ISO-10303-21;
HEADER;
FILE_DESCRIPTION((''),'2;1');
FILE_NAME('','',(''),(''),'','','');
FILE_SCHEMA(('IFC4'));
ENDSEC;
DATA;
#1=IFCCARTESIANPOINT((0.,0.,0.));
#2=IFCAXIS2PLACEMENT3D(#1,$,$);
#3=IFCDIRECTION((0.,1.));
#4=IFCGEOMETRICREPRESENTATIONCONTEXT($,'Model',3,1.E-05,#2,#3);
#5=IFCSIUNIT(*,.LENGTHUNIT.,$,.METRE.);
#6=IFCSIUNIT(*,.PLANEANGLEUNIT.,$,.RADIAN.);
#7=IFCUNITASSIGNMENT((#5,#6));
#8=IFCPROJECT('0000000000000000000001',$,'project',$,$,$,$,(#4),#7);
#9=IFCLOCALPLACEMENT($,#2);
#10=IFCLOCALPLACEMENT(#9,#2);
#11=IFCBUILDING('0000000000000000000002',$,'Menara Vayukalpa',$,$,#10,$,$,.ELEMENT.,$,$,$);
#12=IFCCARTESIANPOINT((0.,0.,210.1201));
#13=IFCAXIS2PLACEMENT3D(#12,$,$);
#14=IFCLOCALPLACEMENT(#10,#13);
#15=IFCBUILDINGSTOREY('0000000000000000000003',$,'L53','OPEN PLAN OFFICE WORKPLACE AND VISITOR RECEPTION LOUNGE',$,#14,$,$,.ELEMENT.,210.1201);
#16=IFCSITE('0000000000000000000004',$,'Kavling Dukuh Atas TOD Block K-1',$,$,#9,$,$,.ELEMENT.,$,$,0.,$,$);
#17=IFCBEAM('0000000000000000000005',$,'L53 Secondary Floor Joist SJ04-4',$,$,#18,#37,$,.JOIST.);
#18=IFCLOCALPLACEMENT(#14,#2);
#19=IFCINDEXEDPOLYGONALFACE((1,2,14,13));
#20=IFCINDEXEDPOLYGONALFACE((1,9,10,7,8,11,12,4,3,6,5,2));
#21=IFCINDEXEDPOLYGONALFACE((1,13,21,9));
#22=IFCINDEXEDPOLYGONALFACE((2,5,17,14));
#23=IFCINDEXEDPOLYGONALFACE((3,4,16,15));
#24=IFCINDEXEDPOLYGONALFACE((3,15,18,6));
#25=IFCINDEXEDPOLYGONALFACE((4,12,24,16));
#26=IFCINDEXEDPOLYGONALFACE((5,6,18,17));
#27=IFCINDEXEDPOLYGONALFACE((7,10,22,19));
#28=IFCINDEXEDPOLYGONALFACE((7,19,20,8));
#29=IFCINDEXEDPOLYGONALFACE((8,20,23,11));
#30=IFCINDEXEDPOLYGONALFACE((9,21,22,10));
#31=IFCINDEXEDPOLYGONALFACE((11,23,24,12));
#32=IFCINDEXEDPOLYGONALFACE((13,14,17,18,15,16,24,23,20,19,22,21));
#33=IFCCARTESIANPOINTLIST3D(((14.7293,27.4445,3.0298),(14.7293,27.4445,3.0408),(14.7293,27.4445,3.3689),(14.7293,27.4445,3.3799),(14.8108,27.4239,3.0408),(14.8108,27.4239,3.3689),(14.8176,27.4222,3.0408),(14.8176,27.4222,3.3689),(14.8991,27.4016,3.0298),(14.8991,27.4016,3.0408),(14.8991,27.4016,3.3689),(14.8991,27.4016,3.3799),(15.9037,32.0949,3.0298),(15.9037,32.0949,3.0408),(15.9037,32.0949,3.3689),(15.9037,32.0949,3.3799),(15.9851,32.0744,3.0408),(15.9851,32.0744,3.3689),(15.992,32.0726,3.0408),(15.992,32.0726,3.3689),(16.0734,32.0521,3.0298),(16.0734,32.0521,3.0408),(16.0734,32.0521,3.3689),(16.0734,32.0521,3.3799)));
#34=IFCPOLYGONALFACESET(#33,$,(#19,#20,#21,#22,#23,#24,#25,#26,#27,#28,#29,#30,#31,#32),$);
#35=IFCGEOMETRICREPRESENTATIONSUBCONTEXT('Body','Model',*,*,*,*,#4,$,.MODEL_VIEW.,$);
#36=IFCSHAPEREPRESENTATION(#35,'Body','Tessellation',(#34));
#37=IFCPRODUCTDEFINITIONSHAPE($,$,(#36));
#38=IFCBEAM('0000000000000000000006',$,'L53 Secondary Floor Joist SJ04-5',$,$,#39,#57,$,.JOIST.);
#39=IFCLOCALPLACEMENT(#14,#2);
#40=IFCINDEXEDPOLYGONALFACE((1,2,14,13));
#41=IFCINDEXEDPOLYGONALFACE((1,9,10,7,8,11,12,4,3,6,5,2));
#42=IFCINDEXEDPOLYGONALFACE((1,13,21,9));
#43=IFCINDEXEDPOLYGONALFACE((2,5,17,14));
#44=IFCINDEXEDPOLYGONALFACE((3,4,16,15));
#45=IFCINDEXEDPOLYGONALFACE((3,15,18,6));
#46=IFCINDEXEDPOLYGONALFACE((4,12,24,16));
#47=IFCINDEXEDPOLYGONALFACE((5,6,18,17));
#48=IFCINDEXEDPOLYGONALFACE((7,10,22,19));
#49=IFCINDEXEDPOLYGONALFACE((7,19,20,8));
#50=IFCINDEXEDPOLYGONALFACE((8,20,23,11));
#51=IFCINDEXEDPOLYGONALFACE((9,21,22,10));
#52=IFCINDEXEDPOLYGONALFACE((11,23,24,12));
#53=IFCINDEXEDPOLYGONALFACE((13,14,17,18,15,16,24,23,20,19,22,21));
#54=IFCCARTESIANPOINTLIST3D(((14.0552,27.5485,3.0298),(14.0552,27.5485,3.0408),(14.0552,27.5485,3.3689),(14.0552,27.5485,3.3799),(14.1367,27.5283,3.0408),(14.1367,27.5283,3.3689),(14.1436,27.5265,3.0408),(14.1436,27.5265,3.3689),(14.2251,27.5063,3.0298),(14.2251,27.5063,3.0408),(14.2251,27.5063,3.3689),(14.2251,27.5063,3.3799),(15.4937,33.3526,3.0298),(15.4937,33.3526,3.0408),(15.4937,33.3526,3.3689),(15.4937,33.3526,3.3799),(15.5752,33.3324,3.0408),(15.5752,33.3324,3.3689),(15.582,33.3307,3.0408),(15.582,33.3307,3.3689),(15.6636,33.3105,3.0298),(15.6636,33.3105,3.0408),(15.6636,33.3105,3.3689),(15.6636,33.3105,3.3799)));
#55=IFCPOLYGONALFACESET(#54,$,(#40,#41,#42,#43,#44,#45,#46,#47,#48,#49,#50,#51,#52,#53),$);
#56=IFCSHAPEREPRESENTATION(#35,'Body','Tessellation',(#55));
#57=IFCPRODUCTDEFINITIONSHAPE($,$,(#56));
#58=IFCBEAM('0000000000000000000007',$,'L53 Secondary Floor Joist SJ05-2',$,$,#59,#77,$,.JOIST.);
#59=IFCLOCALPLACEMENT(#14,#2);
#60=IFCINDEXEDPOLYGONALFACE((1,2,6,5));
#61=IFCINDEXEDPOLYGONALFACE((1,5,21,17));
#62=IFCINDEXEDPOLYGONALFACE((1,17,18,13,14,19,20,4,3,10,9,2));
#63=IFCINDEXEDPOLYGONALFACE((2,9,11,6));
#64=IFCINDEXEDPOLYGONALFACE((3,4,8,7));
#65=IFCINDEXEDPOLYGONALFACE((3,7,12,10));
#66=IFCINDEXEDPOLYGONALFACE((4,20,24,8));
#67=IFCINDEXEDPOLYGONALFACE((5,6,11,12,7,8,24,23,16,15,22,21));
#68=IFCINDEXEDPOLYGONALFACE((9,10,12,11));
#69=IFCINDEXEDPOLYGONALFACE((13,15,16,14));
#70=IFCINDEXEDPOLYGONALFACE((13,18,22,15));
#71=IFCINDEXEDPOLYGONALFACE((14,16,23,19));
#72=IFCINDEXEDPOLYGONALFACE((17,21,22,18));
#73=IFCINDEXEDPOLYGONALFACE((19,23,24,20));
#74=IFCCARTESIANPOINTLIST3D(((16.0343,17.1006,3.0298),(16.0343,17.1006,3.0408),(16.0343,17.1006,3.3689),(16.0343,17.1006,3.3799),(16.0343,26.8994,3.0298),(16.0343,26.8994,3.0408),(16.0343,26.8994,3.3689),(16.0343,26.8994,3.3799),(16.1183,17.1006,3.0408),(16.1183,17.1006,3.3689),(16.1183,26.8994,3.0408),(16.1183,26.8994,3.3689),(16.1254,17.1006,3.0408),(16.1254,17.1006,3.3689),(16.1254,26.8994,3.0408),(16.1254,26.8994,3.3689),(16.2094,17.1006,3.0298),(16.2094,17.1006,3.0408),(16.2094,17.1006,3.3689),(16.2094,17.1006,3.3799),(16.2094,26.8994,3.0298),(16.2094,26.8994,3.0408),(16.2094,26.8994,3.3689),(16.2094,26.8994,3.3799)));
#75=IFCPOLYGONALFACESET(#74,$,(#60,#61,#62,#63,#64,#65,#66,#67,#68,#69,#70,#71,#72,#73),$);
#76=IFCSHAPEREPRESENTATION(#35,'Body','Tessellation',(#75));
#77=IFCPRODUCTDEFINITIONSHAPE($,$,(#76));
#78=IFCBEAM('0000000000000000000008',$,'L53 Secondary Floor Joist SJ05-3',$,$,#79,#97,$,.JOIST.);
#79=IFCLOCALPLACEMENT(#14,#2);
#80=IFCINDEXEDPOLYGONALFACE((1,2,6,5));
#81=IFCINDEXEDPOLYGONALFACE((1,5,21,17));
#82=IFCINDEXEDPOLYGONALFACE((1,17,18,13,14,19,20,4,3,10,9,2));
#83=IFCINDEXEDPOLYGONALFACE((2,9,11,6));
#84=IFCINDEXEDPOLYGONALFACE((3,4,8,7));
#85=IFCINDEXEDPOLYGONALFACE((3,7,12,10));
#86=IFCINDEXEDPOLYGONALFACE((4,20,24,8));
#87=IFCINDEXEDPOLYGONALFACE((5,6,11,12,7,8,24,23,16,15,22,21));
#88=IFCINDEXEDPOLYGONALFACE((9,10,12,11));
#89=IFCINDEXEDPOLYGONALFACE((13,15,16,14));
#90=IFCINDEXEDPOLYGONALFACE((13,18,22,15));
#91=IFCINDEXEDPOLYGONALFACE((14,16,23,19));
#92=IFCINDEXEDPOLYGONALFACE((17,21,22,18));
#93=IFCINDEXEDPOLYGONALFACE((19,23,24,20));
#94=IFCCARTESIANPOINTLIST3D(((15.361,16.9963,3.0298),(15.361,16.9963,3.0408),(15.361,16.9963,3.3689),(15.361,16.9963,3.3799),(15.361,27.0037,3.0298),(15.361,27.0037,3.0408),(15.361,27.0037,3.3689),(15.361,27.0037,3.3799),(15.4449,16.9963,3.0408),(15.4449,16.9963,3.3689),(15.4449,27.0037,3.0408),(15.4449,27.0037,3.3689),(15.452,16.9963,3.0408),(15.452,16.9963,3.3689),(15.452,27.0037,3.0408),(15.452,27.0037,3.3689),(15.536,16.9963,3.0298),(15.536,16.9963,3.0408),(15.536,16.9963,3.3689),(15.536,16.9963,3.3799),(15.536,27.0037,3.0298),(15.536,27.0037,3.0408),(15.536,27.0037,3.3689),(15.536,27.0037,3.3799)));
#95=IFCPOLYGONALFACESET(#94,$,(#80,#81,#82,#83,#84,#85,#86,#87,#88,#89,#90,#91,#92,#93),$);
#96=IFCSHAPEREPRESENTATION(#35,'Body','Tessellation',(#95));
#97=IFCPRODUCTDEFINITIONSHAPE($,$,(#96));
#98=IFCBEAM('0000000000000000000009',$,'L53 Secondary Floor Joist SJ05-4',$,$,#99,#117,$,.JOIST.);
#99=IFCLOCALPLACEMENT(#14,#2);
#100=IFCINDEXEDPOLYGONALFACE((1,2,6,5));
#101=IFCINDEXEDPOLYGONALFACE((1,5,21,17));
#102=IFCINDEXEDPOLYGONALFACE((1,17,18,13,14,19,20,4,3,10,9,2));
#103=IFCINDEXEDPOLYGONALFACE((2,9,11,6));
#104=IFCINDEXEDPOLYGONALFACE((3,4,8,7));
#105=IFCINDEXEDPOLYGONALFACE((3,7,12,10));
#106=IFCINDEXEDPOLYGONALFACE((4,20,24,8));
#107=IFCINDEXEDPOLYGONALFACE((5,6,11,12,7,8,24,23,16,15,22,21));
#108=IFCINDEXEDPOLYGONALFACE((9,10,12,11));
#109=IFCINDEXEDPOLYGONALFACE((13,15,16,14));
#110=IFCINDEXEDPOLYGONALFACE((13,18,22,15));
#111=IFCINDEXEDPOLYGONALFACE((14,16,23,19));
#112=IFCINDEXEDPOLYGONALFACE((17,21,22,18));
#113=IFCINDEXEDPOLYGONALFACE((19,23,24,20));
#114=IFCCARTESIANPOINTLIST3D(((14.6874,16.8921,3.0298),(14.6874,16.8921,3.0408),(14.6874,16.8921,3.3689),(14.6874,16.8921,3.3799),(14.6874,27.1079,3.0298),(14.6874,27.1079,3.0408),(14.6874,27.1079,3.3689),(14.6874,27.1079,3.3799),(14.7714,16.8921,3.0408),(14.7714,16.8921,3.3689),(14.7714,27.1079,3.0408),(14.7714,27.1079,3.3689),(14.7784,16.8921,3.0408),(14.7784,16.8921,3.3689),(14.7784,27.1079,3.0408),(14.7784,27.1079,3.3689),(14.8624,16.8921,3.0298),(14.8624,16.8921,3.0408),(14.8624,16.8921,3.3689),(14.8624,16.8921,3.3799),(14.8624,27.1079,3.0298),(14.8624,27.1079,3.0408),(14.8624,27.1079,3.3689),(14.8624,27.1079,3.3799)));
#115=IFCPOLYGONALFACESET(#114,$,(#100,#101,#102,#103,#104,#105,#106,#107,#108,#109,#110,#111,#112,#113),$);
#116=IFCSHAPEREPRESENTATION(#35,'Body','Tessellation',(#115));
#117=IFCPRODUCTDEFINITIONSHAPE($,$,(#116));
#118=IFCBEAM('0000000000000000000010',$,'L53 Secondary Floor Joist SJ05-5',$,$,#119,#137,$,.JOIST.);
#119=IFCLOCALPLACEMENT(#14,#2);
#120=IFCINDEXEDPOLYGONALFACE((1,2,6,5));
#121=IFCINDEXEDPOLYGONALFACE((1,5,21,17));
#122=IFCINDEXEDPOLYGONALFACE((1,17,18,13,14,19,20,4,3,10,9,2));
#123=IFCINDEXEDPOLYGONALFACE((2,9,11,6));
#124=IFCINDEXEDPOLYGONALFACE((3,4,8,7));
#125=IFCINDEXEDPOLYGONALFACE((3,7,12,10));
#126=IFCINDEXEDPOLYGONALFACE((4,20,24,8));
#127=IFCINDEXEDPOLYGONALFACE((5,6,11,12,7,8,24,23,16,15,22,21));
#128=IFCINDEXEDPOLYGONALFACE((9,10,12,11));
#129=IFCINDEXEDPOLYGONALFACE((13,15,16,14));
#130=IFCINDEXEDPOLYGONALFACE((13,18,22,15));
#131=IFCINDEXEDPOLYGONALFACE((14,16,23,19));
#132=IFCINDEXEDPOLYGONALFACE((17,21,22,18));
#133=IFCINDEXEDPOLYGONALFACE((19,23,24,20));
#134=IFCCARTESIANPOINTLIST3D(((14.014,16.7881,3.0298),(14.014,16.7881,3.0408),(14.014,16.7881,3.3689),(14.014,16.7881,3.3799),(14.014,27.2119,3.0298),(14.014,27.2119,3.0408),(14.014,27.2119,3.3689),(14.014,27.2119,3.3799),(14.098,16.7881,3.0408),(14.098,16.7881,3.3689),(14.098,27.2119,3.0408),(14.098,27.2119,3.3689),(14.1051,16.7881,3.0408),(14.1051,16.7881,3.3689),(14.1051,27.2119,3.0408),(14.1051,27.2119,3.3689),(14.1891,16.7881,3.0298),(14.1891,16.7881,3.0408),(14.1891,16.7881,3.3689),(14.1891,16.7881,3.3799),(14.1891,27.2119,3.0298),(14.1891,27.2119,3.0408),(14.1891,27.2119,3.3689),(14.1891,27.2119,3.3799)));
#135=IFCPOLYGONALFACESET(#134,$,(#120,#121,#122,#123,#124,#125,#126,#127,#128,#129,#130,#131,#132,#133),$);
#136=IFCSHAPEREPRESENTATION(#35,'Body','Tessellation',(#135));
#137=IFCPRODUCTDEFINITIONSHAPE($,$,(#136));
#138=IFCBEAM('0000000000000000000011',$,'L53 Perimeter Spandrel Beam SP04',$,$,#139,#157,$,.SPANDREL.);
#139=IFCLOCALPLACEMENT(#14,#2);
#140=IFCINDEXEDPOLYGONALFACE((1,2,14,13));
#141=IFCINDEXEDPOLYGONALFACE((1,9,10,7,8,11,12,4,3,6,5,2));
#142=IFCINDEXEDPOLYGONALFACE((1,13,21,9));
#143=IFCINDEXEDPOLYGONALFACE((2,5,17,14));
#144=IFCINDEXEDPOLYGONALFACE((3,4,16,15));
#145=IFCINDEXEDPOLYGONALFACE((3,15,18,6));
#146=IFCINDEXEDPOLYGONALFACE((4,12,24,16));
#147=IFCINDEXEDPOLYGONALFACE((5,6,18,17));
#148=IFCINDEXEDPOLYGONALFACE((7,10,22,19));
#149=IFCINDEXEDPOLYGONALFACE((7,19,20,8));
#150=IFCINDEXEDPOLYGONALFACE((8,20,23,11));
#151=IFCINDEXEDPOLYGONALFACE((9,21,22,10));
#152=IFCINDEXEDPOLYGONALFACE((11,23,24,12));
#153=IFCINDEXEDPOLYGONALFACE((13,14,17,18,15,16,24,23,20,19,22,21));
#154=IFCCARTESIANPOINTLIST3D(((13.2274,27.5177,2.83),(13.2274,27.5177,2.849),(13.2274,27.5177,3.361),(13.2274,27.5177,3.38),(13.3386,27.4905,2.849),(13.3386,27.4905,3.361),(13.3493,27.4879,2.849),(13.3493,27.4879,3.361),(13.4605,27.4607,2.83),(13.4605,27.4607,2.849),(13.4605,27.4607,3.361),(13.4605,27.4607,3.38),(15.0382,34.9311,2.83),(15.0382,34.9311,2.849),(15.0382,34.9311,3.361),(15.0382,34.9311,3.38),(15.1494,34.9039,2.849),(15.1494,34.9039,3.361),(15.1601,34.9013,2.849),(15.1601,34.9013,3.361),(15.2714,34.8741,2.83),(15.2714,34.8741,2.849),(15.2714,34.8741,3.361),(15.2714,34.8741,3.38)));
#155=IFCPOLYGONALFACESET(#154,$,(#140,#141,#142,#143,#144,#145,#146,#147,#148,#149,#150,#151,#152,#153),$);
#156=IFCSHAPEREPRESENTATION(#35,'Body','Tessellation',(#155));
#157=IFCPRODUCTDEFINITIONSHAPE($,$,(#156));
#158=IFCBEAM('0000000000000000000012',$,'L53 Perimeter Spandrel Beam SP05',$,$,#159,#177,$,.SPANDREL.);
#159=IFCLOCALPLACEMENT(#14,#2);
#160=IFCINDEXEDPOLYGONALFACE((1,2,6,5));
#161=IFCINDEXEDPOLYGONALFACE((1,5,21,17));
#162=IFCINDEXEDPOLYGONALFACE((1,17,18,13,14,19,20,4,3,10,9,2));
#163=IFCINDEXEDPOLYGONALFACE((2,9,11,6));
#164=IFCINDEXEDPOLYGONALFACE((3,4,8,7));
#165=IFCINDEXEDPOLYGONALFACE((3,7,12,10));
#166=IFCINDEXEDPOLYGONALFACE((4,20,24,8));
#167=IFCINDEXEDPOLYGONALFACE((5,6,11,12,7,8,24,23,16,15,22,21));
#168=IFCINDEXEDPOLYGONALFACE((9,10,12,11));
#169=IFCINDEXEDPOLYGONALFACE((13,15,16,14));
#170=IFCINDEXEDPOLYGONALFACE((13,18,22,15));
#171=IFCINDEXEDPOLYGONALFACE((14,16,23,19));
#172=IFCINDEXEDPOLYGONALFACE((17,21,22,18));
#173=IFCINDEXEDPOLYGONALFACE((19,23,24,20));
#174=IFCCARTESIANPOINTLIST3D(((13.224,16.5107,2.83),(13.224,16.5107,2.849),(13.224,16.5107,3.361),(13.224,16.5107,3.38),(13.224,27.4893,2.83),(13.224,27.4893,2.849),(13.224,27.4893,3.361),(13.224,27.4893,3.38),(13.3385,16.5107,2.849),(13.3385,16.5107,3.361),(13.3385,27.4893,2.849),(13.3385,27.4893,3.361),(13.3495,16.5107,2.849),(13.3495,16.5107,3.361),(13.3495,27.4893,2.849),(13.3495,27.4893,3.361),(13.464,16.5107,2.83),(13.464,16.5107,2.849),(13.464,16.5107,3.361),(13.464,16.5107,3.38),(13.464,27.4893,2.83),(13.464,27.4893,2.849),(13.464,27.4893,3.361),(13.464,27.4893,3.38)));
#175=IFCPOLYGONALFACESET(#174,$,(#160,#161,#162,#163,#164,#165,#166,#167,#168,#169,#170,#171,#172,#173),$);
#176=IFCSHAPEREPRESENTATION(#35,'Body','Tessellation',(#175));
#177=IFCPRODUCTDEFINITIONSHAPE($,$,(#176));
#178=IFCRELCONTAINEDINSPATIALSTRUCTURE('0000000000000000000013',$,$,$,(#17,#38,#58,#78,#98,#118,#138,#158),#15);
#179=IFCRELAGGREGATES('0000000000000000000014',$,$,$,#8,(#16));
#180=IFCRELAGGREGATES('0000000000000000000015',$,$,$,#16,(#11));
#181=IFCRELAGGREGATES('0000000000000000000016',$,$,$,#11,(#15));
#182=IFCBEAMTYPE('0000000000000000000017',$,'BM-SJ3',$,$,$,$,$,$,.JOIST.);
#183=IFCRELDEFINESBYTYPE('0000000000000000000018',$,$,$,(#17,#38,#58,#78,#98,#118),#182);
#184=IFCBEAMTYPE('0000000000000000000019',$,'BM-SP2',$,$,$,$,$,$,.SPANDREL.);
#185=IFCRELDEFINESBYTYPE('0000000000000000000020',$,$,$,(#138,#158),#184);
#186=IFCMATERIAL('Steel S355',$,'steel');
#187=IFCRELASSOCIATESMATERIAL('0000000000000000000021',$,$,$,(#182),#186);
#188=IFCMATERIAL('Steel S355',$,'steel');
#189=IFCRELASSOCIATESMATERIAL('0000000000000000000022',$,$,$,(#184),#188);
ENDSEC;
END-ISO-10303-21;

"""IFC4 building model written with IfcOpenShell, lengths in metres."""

from ifc_helpers import new_model, si_unit, direction, frame, origin, origin_2d, place, context, subcontext, project, spatial, i_section, extrude, material, material_profile, profile_set, type_object, element, save


model = new_model("IFC4")

# Units and contexts
model_context = context("Model", 3, precision=1e-05, world=origin(), true_north=direction((0.0, 1.0)))
body_context = subcontext(model_context, "Body", "Model", "MODEL_VIEW")
ifc_project = project(units=[si_unit("LENGTHUNIT", "METRE"), si_unit("PLANEANGLEUNIT", "RADIAN")], contexts=[model_context])

# Site, building, storey
site_placement = place(None, origin())
site = spatial("IfcSite", under=ifc_project, at=site_placement, Name="Kavling Dukuh Atas TOD Block K-1", CompositionType="ELEMENT", RefElevation=0.0)
building_placement = place(site_placement, origin())
building = spatial("IfcBuilding", under=site, at=building_placement, Name="Menara Vayukalpa", CompositionType="ELEMENT")
storey_placement = place(building_placement, frame((0.0, 0.0, 210.1201)))
storey = spatial("IfcBuildingStorey", under=building, at=storey_placement, Name="L53", Description="OPEN PLAN OFFICE WORKPLACE AND VISITOR RECEPTION LOUNGE", CompositionType="ELEMENT", Elevation=210.1201)

# Beams
ifc_material_1 = material(Name="Steel S355", Category="steel")
ifc_material_profile_1 = material_profile(ifc_material_1, i_section(OverallWidth=0.175, OverallDepth=0.3501, WebThickness=0.0071, FlangeThickness=0.011, at=origin_2d()), Name="WF 350x175x7x11")
ifc_profile_set_1 = profile_set([ifc_material_profile_1], Name="Steel S355")
beam_type_1 = type_object("IfcBeamType", Name="BM-SJ3", PredefinedType="JOIST", material=ifc_profile_set_1)
beam_1_placement = place(storey_placement, frame((15.9885, 32.0735, 3.2048), z_axis=(-0.244834, -0.969565, 0.0), x_axis=(0.969565, -0.244834, 0.0)))
element("IfcBeam", 1, at=beam_1_placement, inside=storey, type_object=beam_type_1, Name="L53 Secondary Floor Joist SJ04-4", PredefinedType="JOIST", context=body_context, shape_type="SweptSolid", body=[
    extrude(i_section(OverallWidth=0.175, OverallDepth=0.3501, WebThickness=0.0071, FlangeThickness=0.011, at=origin_2d()), origin(), (0.0, 0.0, 1.0), 4.7964),
])
beam_2_placement = place(storey_placement, frame((15.5786, 33.3315, 3.2048), z_axis=(-0.240556, -0.970635, 0.0), x_axis=(0.970635, -0.240556, 0.0)))
element("IfcBeam", 2, at=beam_2_placement, inside=storey, type_object=beam_type_1, Name="L53 Secondary Floor Joist SJ04-5", PredefinedType="JOIST", context=body_context, shape_type="SweptSolid", body=[
    extrude(i_section(OverallWidth=0.175, OverallDepth=0.3501, WebThickness=0.0071, FlangeThickness=0.011, at=origin_2d()), origin(), (0.0, 0.0, 1.0), 5.9797),
])
beam_3_placement = place(storey_placement, frame((16.1218, 26.8994, 3.2048), z_axis=(0.0, -1.0, 0.0), x_axis=(1.0, 0.0, 0.0)))
element("IfcBeam", 3, at=beam_3_placement, inside=storey, type_object=beam_type_1, Name="L53 Secondary Floor Joist SJ05-2", PredefinedType="JOIST", context=body_context, shape_type="SweptSolid", body=[
    extrude(i_section(OverallWidth=0.175, OverallDepth=0.3501, WebThickness=0.0071, FlangeThickness=0.011, at=origin_2d()), origin(), (0.0, 0.0, 1.0), 9.7988),
])
beam_4_placement = place(storey_placement, frame((15.4485, 27.0037, 3.2048), z_axis=(0.0, -1.0, 0.0), x_axis=(1.0, 0.0, 0.0)))
element("IfcBeam", 4, at=beam_4_placement, inside=storey, type_object=beam_type_1, Name="L53 Secondary Floor Joist SJ05-3", PredefinedType="JOIST", context=body_context, shape_type="SweptSolid", body=[
    extrude(i_section(OverallWidth=0.175, OverallDepth=0.3501, WebThickness=0.0071, FlangeThickness=0.011, at=origin_2d()), origin(), (0.0, 0.0, 1.0), 10.0073),
])
beam_5_placement = place(storey_placement, frame((14.7749, 27.1079, 3.2048), z_axis=(0.0, -1.0, 0.0), x_axis=(1.0, 0.0, 0.0)))
element("IfcBeam", 5, at=beam_5_placement, inside=storey, type_object=beam_type_1, Name="L53 Secondary Floor Joist SJ05-4", PredefinedType="JOIST", context=body_context, shape_type="SweptSolid", body=[
    extrude(i_section(OverallWidth=0.175, OverallDepth=0.3501, WebThickness=0.0071, FlangeThickness=0.011, at=origin_2d()), origin(), (0.0, 0.0, 1.0), 10.2158),
])
beam_6_placement = place(storey_placement, frame((14.1016, 27.2119, 3.2048), z_axis=(0.0, -1.0, 0.0), x_axis=(1.0, 0.0, 0.0)))
element("IfcBeam", 6, at=beam_6_placement, inside=storey, type_object=beam_type_1, Name="L53 Secondary Floor Joist SJ05-5", PredefinedType="JOIST", context=body_context, shape_type="SweptSolid", body=[
    extrude(i_section(OverallWidth=0.175, OverallDepth=0.3501, WebThickness=0.0071, FlangeThickness=0.011, at=origin_2d()), origin(), (0.0, 0.0, 1.0), 10.4238),
])
ifc_material_2 = material(Name="Steel S355", Category="steel")
ifc_material_profile_2 = material_profile(ifc_material_2, i_section(OverallWidth=0.24, OverallDepth=0.55, WebThickness=0.011, FlangeThickness=0.019, at=origin_2d()), Name="WF 550x240x11x19")
ifc_profile_set_2 = profile_set([ifc_material_profile_2], Name="Steel S355")
beam_type_2 = type_object("IfcBeamType", Name="BM-SP2", PredefinedType="SPANDREL", material=ifc_profile_set_2)
beam_7_placement = place(storey_placement, frame((15.1548, 34.9026, 3.105), z_axis=(-0.237285, -0.97144, 0.0), x_axis=(0.97144, -0.237285, 0.0)))
element("IfcBeam", 7, at=beam_7_placement, inside=storey, type_object=beam_type_2, Name="L53 Perimeter Spandrel Beam SP04", PredefinedType="SPANDREL", context=body_context, shape_type="SweptSolid", body=[
    extrude(i_section(OverallWidth=0.24, OverallDepth=0.55, WebThickness=0.011, FlangeThickness=0.019, at=origin_2d()), origin(), (0.0, 0.0, 1.0), 7.6313),
])
beam_8_placement = place(storey_placement, frame((13.344, 27.4893, 3.105), z_axis=(0.0, -1.0, 0.0), x_axis=(1.0, 0.0, 0.0)))
element("IfcBeam", 8, at=beam_8_placement, inside=storey, type_object=beam_type_2, Name="L53 Perimeter Spandrel Beam SP05", PredefinedType="SPANDREL", context=body_context, shape_type="SweptSolid", body=[
    extrude(i_section(OverallWidth=0.24, OverallDepth=0.55, WebThickness=0.011, FlangeThickness=0.019, at=origin_2d()), origin(), (0.0, 0.0, 1.0), 10.9785),
])

save(model, "model.ifc")
